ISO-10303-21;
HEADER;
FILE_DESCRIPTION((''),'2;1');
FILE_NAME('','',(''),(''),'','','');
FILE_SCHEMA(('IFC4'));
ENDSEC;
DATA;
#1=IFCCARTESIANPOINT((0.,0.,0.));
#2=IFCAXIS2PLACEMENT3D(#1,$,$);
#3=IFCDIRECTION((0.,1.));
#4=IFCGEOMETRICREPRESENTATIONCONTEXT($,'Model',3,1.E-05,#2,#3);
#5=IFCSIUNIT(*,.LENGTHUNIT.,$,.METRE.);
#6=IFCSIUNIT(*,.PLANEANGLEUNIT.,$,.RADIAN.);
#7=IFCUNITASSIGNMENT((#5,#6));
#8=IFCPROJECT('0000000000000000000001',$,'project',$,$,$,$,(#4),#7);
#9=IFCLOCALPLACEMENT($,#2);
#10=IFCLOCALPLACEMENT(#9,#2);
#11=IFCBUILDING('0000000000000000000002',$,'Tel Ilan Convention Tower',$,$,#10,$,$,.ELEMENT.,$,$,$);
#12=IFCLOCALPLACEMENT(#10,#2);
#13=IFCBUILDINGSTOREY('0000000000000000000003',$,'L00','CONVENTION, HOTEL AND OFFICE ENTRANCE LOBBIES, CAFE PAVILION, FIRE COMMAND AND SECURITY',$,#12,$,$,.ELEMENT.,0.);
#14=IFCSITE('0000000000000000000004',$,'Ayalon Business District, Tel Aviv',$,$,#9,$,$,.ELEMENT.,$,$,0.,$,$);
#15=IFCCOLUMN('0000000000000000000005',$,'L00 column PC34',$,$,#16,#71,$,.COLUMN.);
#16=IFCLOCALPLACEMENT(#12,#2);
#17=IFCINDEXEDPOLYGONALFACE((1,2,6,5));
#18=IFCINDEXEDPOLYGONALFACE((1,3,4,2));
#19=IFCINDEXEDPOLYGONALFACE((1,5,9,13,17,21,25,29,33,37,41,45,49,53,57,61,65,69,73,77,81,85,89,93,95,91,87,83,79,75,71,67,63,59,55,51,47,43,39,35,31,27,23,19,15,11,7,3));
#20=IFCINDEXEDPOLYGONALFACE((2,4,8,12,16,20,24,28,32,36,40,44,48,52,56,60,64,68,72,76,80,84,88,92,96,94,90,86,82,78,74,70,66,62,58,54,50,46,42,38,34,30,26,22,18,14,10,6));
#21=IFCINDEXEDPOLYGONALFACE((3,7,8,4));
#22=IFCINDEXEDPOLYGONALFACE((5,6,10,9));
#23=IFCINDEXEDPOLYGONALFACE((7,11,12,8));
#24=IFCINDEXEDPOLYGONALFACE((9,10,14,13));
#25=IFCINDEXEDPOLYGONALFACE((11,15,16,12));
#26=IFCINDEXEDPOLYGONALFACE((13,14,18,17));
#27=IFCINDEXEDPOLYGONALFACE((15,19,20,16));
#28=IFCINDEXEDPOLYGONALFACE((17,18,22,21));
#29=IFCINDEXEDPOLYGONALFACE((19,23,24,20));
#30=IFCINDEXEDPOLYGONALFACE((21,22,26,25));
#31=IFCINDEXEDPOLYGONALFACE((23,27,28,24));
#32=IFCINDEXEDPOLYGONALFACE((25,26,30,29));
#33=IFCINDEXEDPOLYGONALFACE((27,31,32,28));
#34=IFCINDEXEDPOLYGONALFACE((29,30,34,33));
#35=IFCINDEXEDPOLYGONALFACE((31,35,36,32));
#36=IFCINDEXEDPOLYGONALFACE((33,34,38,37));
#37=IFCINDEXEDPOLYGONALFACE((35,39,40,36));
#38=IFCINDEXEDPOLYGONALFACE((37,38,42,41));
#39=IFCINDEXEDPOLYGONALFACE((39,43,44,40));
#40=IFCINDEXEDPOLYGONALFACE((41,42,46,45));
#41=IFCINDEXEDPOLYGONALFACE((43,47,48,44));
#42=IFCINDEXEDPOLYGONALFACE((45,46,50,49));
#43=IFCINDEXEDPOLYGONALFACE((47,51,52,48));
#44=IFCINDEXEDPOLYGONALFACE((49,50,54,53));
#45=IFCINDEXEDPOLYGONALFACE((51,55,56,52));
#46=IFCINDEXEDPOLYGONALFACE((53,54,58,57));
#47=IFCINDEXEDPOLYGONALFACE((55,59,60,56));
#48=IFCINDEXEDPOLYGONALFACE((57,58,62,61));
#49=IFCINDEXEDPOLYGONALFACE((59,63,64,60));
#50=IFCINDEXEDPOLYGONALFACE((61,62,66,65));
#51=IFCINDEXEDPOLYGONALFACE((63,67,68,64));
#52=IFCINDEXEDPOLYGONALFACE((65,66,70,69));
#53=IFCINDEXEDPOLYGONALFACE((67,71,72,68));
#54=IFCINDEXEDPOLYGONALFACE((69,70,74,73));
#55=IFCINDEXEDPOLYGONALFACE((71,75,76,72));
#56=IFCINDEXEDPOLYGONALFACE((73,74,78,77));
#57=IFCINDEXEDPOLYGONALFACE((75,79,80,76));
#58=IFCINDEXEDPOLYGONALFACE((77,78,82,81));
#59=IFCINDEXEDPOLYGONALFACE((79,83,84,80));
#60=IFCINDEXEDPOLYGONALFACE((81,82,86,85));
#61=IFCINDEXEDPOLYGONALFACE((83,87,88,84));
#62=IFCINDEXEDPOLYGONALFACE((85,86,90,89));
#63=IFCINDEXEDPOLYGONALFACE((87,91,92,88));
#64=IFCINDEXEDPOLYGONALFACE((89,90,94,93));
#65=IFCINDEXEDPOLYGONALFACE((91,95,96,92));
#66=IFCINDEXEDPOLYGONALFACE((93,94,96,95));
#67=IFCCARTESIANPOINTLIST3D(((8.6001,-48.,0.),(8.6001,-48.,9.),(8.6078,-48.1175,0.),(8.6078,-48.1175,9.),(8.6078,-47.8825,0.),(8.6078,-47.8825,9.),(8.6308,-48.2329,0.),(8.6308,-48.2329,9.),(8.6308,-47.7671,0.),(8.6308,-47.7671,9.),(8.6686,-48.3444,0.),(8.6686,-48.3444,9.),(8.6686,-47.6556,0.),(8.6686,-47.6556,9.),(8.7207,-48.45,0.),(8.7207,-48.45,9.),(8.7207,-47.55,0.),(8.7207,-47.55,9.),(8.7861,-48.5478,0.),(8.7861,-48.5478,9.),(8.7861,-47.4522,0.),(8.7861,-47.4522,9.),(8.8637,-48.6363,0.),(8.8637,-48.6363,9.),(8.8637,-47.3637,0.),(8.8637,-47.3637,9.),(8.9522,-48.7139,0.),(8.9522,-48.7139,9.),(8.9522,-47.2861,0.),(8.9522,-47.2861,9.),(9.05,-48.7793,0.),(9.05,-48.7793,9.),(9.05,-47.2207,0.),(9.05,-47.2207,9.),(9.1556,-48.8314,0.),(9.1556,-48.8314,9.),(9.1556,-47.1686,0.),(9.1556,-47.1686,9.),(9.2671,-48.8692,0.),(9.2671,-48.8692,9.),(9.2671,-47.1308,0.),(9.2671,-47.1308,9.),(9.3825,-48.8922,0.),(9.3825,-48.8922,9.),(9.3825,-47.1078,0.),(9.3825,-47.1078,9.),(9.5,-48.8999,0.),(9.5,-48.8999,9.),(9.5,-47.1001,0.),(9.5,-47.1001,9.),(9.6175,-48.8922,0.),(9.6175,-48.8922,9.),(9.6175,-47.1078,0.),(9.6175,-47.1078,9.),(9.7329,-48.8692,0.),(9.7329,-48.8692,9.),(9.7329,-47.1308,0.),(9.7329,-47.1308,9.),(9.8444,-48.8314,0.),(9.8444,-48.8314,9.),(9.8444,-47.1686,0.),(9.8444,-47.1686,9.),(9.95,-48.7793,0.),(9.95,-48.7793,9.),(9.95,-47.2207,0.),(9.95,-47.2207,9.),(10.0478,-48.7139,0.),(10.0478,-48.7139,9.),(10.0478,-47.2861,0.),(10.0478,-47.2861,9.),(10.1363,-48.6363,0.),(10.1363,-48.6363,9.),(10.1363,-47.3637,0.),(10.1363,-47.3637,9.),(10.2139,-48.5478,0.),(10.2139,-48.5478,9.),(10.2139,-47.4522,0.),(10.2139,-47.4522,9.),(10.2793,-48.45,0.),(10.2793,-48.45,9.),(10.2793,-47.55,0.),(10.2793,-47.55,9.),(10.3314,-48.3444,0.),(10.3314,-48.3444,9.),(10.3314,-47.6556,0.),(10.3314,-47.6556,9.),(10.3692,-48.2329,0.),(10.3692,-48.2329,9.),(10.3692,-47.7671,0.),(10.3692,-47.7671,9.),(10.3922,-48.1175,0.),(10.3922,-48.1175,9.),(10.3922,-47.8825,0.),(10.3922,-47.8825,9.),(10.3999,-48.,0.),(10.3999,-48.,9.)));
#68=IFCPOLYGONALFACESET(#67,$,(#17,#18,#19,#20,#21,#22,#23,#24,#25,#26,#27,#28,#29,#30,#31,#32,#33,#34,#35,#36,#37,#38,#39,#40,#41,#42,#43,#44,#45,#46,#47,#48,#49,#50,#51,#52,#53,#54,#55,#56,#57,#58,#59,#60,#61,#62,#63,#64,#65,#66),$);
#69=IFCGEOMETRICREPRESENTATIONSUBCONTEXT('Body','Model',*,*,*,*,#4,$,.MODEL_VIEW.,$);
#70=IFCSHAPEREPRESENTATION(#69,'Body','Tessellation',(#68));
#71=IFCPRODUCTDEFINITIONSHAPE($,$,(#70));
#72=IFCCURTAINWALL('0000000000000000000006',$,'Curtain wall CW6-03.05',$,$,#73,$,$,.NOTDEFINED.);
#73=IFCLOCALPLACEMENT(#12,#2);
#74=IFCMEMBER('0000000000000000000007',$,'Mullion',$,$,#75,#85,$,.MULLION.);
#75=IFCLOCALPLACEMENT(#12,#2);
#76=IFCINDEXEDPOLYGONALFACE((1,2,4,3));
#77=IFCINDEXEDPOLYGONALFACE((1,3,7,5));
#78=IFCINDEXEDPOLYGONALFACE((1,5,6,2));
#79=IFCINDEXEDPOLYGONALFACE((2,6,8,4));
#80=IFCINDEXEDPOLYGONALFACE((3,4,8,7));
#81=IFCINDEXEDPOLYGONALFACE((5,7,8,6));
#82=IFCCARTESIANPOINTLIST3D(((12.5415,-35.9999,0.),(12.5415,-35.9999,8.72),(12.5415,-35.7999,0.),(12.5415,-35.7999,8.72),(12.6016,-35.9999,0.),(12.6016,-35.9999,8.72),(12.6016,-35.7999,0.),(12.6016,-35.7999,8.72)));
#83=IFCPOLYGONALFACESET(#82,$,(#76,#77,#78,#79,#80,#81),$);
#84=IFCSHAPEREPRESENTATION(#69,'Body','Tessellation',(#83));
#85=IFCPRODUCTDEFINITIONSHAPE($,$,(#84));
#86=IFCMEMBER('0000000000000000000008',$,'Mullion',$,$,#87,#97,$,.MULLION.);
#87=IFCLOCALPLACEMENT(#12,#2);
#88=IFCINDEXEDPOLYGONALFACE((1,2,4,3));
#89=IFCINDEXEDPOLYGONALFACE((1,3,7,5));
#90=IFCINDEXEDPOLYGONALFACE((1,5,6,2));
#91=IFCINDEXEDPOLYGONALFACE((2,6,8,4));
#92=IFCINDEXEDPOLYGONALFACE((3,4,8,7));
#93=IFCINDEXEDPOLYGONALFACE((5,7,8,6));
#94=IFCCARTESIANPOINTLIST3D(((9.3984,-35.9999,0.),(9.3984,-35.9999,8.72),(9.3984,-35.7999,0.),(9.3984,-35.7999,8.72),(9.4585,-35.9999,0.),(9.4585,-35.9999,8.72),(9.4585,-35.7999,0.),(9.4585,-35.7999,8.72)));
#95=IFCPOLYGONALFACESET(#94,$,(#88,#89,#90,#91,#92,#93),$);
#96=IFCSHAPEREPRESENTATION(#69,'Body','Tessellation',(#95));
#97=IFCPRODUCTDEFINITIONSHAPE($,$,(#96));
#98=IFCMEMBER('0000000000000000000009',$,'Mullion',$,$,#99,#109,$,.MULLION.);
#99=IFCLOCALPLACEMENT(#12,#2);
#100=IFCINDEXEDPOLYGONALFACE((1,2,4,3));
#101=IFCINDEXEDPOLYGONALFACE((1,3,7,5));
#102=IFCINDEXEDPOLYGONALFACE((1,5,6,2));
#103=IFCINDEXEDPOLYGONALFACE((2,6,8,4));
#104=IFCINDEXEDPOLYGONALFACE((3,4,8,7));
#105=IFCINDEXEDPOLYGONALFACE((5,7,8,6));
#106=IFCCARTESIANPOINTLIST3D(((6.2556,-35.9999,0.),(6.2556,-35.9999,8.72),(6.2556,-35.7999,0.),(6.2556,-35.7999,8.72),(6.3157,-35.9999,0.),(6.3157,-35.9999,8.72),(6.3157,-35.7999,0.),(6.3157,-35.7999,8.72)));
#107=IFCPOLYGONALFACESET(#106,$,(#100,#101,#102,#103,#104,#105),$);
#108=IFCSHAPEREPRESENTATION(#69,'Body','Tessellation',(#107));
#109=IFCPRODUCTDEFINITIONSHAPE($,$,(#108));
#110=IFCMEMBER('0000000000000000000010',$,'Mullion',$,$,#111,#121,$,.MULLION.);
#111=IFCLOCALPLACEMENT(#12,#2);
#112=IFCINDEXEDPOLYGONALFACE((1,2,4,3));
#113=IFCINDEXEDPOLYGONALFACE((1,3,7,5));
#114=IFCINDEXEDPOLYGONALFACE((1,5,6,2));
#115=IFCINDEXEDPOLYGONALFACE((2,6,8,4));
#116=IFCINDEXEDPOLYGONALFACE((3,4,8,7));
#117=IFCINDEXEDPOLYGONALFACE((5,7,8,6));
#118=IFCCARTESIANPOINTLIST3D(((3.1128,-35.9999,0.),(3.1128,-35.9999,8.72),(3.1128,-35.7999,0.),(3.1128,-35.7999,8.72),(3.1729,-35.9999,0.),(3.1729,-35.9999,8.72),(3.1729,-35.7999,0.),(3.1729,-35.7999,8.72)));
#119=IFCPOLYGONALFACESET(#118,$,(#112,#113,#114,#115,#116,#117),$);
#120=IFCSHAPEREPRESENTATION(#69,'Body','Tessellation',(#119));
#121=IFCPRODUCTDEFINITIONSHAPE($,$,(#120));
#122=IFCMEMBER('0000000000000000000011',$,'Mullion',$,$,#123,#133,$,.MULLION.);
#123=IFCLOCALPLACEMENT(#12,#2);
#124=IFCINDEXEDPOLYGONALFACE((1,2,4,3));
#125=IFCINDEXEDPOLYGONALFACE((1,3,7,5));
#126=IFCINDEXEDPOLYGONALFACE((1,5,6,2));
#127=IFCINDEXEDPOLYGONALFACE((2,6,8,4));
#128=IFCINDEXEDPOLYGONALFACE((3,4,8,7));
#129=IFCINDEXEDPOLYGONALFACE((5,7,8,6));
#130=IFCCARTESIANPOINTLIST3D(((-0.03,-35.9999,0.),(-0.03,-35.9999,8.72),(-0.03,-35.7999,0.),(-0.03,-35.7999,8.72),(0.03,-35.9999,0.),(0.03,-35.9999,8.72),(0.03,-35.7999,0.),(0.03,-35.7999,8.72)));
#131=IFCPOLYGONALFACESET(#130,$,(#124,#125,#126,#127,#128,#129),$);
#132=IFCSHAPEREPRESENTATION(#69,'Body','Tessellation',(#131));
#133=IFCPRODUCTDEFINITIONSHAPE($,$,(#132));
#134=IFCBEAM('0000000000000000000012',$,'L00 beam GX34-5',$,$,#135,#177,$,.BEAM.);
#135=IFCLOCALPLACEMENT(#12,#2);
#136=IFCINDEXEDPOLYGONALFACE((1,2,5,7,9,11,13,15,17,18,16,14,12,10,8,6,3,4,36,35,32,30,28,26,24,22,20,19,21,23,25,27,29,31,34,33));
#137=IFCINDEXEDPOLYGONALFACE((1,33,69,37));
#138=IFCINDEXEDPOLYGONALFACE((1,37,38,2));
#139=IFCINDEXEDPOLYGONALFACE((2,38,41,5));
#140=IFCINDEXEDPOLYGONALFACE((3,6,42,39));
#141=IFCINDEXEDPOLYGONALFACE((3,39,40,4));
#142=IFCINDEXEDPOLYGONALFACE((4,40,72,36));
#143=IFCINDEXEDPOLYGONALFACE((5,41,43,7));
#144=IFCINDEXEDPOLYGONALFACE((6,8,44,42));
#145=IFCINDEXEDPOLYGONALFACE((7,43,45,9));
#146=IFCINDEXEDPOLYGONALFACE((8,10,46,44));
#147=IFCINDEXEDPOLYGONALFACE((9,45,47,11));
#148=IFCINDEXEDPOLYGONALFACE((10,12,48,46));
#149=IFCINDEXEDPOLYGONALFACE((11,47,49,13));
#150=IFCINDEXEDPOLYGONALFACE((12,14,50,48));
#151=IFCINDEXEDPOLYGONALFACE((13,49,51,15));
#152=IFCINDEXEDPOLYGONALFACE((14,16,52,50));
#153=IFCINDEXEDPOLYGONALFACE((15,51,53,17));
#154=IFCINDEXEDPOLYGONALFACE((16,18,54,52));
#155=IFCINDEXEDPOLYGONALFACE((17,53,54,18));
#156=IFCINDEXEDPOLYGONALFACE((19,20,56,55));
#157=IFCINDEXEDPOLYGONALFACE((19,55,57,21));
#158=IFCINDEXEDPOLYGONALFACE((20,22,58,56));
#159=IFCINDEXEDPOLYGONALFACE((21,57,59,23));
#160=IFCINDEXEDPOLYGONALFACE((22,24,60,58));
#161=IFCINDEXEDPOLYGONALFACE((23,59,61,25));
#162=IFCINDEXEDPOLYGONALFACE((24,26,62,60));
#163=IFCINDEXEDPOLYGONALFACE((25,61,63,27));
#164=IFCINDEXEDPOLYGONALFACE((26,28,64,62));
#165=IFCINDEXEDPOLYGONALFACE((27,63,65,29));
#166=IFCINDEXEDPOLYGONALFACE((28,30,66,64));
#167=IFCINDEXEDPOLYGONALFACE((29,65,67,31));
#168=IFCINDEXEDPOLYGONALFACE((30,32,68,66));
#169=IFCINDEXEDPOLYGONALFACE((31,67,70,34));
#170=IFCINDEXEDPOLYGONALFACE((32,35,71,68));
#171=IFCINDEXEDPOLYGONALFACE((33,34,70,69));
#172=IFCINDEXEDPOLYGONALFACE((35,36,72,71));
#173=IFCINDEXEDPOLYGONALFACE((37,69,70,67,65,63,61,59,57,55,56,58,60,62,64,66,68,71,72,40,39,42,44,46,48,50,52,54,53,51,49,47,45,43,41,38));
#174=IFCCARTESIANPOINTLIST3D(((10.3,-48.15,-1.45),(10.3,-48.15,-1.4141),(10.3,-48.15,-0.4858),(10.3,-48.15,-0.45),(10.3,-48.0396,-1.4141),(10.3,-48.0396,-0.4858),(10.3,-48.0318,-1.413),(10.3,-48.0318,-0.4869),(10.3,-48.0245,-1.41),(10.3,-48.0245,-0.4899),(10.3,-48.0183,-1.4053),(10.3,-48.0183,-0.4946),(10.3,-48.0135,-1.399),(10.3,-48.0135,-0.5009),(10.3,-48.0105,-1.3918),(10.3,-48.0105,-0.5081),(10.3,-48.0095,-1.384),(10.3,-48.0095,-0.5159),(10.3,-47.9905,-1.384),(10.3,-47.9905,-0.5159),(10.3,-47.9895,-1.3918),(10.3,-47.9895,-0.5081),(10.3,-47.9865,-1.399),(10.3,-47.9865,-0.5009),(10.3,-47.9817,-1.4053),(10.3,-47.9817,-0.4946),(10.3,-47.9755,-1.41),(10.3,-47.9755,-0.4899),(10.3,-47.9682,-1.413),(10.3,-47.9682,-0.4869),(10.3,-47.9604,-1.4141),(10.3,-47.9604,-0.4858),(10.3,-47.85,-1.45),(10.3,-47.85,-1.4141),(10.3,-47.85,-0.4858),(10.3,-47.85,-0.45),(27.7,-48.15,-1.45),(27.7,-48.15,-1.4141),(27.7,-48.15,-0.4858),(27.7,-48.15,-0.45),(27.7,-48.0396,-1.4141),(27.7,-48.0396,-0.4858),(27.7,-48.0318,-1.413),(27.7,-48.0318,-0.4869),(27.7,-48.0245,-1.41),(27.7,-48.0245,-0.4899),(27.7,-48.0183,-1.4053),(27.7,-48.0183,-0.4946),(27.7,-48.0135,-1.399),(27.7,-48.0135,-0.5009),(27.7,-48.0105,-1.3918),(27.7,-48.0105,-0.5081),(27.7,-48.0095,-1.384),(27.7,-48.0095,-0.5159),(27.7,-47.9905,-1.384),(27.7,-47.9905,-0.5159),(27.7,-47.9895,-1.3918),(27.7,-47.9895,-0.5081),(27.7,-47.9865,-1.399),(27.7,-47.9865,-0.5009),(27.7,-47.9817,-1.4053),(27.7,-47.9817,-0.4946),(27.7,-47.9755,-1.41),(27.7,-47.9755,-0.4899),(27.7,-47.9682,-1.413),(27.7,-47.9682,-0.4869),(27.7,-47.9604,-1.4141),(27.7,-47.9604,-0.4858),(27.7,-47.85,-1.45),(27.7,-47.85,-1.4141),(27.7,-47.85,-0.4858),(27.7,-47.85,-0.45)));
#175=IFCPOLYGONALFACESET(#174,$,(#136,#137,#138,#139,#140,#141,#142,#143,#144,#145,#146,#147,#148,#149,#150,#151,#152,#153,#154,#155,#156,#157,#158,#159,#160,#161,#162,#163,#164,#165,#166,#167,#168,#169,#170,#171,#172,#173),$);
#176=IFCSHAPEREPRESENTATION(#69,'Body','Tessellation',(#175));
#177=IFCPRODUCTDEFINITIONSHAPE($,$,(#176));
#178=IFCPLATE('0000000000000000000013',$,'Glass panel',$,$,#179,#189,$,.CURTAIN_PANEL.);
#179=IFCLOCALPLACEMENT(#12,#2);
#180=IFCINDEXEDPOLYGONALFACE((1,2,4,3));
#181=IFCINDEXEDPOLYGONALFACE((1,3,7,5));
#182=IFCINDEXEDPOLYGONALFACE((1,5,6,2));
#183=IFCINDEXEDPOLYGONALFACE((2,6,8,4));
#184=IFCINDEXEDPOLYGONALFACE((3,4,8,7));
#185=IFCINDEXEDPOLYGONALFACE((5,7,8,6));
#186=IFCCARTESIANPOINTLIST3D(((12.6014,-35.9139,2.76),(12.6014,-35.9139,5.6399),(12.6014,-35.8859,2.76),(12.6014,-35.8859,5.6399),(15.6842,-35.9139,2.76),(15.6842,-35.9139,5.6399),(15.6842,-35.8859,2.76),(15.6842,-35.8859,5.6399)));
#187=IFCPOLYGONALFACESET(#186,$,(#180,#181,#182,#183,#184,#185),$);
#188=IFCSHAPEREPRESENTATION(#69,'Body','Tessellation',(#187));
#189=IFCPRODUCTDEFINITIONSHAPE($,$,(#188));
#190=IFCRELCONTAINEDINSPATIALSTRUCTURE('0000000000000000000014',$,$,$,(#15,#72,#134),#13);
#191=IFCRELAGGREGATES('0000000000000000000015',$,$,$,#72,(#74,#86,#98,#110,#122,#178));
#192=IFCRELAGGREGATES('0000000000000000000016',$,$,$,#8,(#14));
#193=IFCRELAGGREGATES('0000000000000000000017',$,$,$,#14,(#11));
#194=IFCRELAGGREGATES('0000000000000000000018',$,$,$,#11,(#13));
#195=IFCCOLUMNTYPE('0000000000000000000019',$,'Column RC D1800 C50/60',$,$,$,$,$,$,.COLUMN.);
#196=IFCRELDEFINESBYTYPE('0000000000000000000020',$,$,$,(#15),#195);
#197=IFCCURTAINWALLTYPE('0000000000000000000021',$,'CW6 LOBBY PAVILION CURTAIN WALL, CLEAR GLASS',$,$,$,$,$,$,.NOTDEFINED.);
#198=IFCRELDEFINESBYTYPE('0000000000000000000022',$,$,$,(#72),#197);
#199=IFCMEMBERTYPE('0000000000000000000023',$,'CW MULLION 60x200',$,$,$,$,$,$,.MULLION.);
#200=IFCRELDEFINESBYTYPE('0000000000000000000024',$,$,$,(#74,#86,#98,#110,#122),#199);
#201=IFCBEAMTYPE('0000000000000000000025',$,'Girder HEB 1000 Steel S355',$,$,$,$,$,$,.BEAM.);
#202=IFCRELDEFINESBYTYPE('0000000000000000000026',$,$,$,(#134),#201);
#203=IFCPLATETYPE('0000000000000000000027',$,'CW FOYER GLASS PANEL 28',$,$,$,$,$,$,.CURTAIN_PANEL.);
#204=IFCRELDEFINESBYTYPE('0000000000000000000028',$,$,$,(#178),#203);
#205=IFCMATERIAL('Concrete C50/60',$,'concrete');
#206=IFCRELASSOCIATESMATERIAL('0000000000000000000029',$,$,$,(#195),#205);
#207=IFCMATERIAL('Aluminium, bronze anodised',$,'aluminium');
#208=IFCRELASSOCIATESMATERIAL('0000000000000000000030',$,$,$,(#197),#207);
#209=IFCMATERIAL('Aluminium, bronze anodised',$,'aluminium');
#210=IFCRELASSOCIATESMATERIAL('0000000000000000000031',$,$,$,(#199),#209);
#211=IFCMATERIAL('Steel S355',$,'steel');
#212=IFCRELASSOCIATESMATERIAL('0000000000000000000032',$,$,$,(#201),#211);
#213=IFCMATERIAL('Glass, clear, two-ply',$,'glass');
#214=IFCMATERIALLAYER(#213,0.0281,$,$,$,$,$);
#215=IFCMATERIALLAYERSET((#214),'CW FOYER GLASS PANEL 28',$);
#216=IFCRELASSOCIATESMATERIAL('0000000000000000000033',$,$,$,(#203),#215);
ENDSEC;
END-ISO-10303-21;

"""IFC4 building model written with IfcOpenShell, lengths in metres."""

from ifc_helpers import new_model, si_unit, direction, frame, origin, origin_2d, place, context, subcontext, project, spatial, rectangle, circle, i_section, extrude, material, layer, layer_set, material_profile, profile_set, type_object, element, aggregate, save


model = new_model("IFC4")

# Units and contexts
model_context = context("Model", 3, precision=1e-05, world=origin(), true_north=direction((0.0, 1.0)))
body_context = subcontext(model_context, "Body", "Model", "MODEL_VIEW")
ifc_project = project(units=[si_unit("LENGTHUNIT", "METRE"), si_unit("PLANEANGLEUNIT", "RADIAN")], contexts=[model_context])

# Site, building, storey
site_placement = place(None, origin())
site = spatial("IfcSite", under=ifc_project, at=site_placement, Name="Ayalon Business District, Tel Aviv", CompositionType="ELEMENT", RefElevation=0.0)
building_placement = place(site_placement, origin())
building = spatial("IfcBuilding", under=site, at=building_placement, Name="Tel Ilan Convention Tower", CompositionType="ELEMENT")
storey_placement = place(building_placement, origin())
storey = spatial("IfcBuildingStorey", under=building, at=storey_placement, Name="L00", Description="CONVENTION, HOTEL AND OFFICE ENTRANCE LOBBIES, CAFE PAVILION, FIRE COMMAND AND SECURITY", CompositionType="ELEMENT", Elevation=0.0)

# Column
ifc_material_1 = material(Name="Concrete C50/60", Category="concrete")
ifc_material_profile_1 = material_profile(ifc_material_1, circle(Radius=0.8999, at=origin_2d()), Name="RC D1800")
ifc_profile_set_1 = profile_set([ifc_material_profile_1], Name="Concrete C50/60")
column_type = type_object("IfcColumnType", Name="Column RC D1800 C50/60", PredefinedType="COLUMN", material=ifc_profile_set_1)
column_placement = place(storey_placement, frame((9.5, -48.0, 0.0), z_axis=(0.0, 0.0, 1.0), x_axis=(1.0, 0.0, 0.0)))
element("IfcColumn", 1, at=column_placement, inside=storey, type_object=column_type, Name="L00 column PC34", PredefinedType="COLUMN", context=body_context, shape_type="SweptSolid", body=[
    extrude(circle(Radius=0.8999, at=origin_2d()), origin(), (0.0, 0.0, 1.0), 9.0),
])

# Curtain wall, members
ifc_material_2 = material(Name="Aluminium, bronze anodised", Category="aluminium")
curtain_wall_type = type_object("IfcCurtainWallType", Name="CW6 LOBBY PAVILION CURTAIN WALL, CLEAR GLASS", PredefinedType="NOTDEFINED", material=ifc_material_2)
curtain_wall_placement = place(storey_placement, origin())
curtain_wall = element("IfcCurtainWall", 2, at=curtain_wall_placement, inside=storey, type_object=curtain_wall_type, Name="Curtain wall CW6-03.05", PredefinedType="NOTDEFINED")
ifc_material_3 = material(Name="Aluminium, bronze anodised", Category="aluminium")
ifc_material_profile_2 = material_profile(ifc_material_3, rectangle(XDim=0.0601, YDim=0.2, at=origin_2d()), Name="CW MULLION 60x200")
ifc_profile_set_2 = profile_set([ifc_material_profile_2], Name="Aluminium, bronze anodised")
member_type = type_object("IfcMemberType", Name="CW MULLION 60x200", PredefinedType="MULLION", material=ifc_profile_set_2)
member_1_placement = place(storey_placement, frame((12.5715, -35.8999, 0.0), z_axis=(0.0, 0.0, 1.0), x_axis=(-1.0, 0.0, 0.0)))
member_1 = element("IfcMember", 3, at=member_1_placement, type_object=member_type, Name="Mullion", PredefinedType="MULLION", context=body_context, shape_type="SweptSolid", body=[
    extrude(rectangle(XDim=0.0601, YDim=0.2, at=origin_2d()), origin(), (0.0, 0.0, 1.0), 8.72),
])
member_2_placement = place(storey_placement, frame((9.4285, -35.8999, 0.0), z_axis=(0.0, 0.0, 1.0), x_axis=(-1.0, 0.0, 0.0)))
member_2 = element("IfcMember", 4, at=member_2_placement, type_object=member_type, Name="Mullion", PredefinedType="MULLION", context=body_context, shape_type="SweptSolid", body=[
    extrude(rectangle(XDim=0.0601, YDim=0.2, at=origin_2d()), origin(), (0.0, 0.0, 1.0), 8.72),
])
member_3_placement = place(storey_placement, frame((6.2856, -35.8999, 0.0), z_axis=(0.0, 0.0, 1.0), x_axis=(-1.0, 0.0, 0.0)))
member_3 = element("IfcMember", 5, at=member_3_placement, type_object=member_type, Name="Mullion", PredefinedType="MULLION", context=body_context, shape_type="SweptSolid", body=[
    extrude(rectangle(XDim=0.0601, YDim=0.2, at=origin_2d()), origin(), (0.0, 0.0, 1.0), 8.72),
])
member_4_placement = place(storey_placement, frame((3.1428, -35.8999, 0.0), z_axis=(0.0, 0.0, 1.0), x_axis=(-1.0, 0.0, 0.0)))
member_4 = element("IfcMember", 6, at=member_4_placement, type_object=member_type, Name="Mullion", PredefinedType="MULLION", context=body_context, shape_type="SweptSolid", body=[
    extrude(rectangle(XDim=0.0601, YDim=0.2, at=origin_2d()), origin(), (0.0, 0.0, 1.0), 8.72),
])
member_5_placement = place(storey_placement, frame((0.0, -35.8999, 0.0), z_axis=(0.0, 0.0, 1.0), x_axis=(-1.0, 0.0, 0.0)))
member_5 = element("IfcMember", 7, at=member_5_placement, type_object=member_type, Name="Mullion", PredefinedType="MULLION", context=body_context, shape_type="SweptSolid", body=[
    extrude(rectangle(XDim=0.0601, YDim=0.2, at=origin_2d()), origin(), (0.0, 0.0, 1.0), 8.72),
])

# Beam
ifc_material_4 = material(Name="Steel S355", Category="steel")
ifc_material_profile_3 = material_profile(ifc_material_4, i_section(OverallWidth=0.3, OverallDepth=1.0, WebThickness=0.019, FlangeThickness=0.0359, FilletRadius=0.03, at=origin_2d()), Name="HEB 1000")
ifc_profile_set_3 = profile_set([ifc_material_profile_3], Name="Steel S355")
beam_type = type_object("IfcBeamType", Name="Girder HEB 1000 Steel S355", PredefinedType="BEAM", material=ifc_profile_set_3)
beam_placement = place(storey_placement, frame((10.3, -48.0, -0.95), z_axis=(1.0, 0.0, 0.0), x_axis=(0.0, 1.0, 0.0)))
element("IfcBeam", 8, at=beam_placement, inside=storey, type_object=beam_type, Name="L00 beam GX34-5", PredefinedType="BEAM", context=body_context, shape_type="SweptSolid", body=[
    extrude(i_section(OverallWidth=0.3, OverallDepth=1.0, WebThickness=0.019, FlangeThickness=0.0359, FilletRadius=0.03, at=origin_2d()), origin(), (0.0, 0.0, 1.0), 17.3999),
])

# Plate
ifc_material_5 = material(Name="Glass, clear, two-ply", Category="glass")
ifc_layer_1 = layer(ifc_material_5, 0.0281)
ifc_layer_set_1 = layer_set([ifc_layer_1], Name="CW FOYER GLASS PANEL 28")
plate_type = type_object("IfcPlateType", Name="CW FOYER GLASS PANEL 28", PredefinedType="CURTAIN_PANEL", material=ifc_layer_set_1)
plate_1_placement = place(storey_placement, frame((14.1428, -35.8999, 2.76), z_axis=(0.0, 0.0, 1.0), x_axis=(-1.0, 0.0, 0.0)))
plate_1 = element("IfcPlate", 9, at=plate_1_placement, type_object=plate_type, Name="Glass panel", PredefinedType="CURTAIN_PANEL", context=body_context, shape_type="SweptSolid", body=[
    extrude(rectangle(XDim=3.0828, YDim=0.0281, at=origin_2d()), origin(), (0.0, 0.0, 1.0), 2.8799),
])
aggregate(curtain_wall, [member_1, member_2, member_3, member_4, member_5, plate_1])

save(model, "model.ifc")
